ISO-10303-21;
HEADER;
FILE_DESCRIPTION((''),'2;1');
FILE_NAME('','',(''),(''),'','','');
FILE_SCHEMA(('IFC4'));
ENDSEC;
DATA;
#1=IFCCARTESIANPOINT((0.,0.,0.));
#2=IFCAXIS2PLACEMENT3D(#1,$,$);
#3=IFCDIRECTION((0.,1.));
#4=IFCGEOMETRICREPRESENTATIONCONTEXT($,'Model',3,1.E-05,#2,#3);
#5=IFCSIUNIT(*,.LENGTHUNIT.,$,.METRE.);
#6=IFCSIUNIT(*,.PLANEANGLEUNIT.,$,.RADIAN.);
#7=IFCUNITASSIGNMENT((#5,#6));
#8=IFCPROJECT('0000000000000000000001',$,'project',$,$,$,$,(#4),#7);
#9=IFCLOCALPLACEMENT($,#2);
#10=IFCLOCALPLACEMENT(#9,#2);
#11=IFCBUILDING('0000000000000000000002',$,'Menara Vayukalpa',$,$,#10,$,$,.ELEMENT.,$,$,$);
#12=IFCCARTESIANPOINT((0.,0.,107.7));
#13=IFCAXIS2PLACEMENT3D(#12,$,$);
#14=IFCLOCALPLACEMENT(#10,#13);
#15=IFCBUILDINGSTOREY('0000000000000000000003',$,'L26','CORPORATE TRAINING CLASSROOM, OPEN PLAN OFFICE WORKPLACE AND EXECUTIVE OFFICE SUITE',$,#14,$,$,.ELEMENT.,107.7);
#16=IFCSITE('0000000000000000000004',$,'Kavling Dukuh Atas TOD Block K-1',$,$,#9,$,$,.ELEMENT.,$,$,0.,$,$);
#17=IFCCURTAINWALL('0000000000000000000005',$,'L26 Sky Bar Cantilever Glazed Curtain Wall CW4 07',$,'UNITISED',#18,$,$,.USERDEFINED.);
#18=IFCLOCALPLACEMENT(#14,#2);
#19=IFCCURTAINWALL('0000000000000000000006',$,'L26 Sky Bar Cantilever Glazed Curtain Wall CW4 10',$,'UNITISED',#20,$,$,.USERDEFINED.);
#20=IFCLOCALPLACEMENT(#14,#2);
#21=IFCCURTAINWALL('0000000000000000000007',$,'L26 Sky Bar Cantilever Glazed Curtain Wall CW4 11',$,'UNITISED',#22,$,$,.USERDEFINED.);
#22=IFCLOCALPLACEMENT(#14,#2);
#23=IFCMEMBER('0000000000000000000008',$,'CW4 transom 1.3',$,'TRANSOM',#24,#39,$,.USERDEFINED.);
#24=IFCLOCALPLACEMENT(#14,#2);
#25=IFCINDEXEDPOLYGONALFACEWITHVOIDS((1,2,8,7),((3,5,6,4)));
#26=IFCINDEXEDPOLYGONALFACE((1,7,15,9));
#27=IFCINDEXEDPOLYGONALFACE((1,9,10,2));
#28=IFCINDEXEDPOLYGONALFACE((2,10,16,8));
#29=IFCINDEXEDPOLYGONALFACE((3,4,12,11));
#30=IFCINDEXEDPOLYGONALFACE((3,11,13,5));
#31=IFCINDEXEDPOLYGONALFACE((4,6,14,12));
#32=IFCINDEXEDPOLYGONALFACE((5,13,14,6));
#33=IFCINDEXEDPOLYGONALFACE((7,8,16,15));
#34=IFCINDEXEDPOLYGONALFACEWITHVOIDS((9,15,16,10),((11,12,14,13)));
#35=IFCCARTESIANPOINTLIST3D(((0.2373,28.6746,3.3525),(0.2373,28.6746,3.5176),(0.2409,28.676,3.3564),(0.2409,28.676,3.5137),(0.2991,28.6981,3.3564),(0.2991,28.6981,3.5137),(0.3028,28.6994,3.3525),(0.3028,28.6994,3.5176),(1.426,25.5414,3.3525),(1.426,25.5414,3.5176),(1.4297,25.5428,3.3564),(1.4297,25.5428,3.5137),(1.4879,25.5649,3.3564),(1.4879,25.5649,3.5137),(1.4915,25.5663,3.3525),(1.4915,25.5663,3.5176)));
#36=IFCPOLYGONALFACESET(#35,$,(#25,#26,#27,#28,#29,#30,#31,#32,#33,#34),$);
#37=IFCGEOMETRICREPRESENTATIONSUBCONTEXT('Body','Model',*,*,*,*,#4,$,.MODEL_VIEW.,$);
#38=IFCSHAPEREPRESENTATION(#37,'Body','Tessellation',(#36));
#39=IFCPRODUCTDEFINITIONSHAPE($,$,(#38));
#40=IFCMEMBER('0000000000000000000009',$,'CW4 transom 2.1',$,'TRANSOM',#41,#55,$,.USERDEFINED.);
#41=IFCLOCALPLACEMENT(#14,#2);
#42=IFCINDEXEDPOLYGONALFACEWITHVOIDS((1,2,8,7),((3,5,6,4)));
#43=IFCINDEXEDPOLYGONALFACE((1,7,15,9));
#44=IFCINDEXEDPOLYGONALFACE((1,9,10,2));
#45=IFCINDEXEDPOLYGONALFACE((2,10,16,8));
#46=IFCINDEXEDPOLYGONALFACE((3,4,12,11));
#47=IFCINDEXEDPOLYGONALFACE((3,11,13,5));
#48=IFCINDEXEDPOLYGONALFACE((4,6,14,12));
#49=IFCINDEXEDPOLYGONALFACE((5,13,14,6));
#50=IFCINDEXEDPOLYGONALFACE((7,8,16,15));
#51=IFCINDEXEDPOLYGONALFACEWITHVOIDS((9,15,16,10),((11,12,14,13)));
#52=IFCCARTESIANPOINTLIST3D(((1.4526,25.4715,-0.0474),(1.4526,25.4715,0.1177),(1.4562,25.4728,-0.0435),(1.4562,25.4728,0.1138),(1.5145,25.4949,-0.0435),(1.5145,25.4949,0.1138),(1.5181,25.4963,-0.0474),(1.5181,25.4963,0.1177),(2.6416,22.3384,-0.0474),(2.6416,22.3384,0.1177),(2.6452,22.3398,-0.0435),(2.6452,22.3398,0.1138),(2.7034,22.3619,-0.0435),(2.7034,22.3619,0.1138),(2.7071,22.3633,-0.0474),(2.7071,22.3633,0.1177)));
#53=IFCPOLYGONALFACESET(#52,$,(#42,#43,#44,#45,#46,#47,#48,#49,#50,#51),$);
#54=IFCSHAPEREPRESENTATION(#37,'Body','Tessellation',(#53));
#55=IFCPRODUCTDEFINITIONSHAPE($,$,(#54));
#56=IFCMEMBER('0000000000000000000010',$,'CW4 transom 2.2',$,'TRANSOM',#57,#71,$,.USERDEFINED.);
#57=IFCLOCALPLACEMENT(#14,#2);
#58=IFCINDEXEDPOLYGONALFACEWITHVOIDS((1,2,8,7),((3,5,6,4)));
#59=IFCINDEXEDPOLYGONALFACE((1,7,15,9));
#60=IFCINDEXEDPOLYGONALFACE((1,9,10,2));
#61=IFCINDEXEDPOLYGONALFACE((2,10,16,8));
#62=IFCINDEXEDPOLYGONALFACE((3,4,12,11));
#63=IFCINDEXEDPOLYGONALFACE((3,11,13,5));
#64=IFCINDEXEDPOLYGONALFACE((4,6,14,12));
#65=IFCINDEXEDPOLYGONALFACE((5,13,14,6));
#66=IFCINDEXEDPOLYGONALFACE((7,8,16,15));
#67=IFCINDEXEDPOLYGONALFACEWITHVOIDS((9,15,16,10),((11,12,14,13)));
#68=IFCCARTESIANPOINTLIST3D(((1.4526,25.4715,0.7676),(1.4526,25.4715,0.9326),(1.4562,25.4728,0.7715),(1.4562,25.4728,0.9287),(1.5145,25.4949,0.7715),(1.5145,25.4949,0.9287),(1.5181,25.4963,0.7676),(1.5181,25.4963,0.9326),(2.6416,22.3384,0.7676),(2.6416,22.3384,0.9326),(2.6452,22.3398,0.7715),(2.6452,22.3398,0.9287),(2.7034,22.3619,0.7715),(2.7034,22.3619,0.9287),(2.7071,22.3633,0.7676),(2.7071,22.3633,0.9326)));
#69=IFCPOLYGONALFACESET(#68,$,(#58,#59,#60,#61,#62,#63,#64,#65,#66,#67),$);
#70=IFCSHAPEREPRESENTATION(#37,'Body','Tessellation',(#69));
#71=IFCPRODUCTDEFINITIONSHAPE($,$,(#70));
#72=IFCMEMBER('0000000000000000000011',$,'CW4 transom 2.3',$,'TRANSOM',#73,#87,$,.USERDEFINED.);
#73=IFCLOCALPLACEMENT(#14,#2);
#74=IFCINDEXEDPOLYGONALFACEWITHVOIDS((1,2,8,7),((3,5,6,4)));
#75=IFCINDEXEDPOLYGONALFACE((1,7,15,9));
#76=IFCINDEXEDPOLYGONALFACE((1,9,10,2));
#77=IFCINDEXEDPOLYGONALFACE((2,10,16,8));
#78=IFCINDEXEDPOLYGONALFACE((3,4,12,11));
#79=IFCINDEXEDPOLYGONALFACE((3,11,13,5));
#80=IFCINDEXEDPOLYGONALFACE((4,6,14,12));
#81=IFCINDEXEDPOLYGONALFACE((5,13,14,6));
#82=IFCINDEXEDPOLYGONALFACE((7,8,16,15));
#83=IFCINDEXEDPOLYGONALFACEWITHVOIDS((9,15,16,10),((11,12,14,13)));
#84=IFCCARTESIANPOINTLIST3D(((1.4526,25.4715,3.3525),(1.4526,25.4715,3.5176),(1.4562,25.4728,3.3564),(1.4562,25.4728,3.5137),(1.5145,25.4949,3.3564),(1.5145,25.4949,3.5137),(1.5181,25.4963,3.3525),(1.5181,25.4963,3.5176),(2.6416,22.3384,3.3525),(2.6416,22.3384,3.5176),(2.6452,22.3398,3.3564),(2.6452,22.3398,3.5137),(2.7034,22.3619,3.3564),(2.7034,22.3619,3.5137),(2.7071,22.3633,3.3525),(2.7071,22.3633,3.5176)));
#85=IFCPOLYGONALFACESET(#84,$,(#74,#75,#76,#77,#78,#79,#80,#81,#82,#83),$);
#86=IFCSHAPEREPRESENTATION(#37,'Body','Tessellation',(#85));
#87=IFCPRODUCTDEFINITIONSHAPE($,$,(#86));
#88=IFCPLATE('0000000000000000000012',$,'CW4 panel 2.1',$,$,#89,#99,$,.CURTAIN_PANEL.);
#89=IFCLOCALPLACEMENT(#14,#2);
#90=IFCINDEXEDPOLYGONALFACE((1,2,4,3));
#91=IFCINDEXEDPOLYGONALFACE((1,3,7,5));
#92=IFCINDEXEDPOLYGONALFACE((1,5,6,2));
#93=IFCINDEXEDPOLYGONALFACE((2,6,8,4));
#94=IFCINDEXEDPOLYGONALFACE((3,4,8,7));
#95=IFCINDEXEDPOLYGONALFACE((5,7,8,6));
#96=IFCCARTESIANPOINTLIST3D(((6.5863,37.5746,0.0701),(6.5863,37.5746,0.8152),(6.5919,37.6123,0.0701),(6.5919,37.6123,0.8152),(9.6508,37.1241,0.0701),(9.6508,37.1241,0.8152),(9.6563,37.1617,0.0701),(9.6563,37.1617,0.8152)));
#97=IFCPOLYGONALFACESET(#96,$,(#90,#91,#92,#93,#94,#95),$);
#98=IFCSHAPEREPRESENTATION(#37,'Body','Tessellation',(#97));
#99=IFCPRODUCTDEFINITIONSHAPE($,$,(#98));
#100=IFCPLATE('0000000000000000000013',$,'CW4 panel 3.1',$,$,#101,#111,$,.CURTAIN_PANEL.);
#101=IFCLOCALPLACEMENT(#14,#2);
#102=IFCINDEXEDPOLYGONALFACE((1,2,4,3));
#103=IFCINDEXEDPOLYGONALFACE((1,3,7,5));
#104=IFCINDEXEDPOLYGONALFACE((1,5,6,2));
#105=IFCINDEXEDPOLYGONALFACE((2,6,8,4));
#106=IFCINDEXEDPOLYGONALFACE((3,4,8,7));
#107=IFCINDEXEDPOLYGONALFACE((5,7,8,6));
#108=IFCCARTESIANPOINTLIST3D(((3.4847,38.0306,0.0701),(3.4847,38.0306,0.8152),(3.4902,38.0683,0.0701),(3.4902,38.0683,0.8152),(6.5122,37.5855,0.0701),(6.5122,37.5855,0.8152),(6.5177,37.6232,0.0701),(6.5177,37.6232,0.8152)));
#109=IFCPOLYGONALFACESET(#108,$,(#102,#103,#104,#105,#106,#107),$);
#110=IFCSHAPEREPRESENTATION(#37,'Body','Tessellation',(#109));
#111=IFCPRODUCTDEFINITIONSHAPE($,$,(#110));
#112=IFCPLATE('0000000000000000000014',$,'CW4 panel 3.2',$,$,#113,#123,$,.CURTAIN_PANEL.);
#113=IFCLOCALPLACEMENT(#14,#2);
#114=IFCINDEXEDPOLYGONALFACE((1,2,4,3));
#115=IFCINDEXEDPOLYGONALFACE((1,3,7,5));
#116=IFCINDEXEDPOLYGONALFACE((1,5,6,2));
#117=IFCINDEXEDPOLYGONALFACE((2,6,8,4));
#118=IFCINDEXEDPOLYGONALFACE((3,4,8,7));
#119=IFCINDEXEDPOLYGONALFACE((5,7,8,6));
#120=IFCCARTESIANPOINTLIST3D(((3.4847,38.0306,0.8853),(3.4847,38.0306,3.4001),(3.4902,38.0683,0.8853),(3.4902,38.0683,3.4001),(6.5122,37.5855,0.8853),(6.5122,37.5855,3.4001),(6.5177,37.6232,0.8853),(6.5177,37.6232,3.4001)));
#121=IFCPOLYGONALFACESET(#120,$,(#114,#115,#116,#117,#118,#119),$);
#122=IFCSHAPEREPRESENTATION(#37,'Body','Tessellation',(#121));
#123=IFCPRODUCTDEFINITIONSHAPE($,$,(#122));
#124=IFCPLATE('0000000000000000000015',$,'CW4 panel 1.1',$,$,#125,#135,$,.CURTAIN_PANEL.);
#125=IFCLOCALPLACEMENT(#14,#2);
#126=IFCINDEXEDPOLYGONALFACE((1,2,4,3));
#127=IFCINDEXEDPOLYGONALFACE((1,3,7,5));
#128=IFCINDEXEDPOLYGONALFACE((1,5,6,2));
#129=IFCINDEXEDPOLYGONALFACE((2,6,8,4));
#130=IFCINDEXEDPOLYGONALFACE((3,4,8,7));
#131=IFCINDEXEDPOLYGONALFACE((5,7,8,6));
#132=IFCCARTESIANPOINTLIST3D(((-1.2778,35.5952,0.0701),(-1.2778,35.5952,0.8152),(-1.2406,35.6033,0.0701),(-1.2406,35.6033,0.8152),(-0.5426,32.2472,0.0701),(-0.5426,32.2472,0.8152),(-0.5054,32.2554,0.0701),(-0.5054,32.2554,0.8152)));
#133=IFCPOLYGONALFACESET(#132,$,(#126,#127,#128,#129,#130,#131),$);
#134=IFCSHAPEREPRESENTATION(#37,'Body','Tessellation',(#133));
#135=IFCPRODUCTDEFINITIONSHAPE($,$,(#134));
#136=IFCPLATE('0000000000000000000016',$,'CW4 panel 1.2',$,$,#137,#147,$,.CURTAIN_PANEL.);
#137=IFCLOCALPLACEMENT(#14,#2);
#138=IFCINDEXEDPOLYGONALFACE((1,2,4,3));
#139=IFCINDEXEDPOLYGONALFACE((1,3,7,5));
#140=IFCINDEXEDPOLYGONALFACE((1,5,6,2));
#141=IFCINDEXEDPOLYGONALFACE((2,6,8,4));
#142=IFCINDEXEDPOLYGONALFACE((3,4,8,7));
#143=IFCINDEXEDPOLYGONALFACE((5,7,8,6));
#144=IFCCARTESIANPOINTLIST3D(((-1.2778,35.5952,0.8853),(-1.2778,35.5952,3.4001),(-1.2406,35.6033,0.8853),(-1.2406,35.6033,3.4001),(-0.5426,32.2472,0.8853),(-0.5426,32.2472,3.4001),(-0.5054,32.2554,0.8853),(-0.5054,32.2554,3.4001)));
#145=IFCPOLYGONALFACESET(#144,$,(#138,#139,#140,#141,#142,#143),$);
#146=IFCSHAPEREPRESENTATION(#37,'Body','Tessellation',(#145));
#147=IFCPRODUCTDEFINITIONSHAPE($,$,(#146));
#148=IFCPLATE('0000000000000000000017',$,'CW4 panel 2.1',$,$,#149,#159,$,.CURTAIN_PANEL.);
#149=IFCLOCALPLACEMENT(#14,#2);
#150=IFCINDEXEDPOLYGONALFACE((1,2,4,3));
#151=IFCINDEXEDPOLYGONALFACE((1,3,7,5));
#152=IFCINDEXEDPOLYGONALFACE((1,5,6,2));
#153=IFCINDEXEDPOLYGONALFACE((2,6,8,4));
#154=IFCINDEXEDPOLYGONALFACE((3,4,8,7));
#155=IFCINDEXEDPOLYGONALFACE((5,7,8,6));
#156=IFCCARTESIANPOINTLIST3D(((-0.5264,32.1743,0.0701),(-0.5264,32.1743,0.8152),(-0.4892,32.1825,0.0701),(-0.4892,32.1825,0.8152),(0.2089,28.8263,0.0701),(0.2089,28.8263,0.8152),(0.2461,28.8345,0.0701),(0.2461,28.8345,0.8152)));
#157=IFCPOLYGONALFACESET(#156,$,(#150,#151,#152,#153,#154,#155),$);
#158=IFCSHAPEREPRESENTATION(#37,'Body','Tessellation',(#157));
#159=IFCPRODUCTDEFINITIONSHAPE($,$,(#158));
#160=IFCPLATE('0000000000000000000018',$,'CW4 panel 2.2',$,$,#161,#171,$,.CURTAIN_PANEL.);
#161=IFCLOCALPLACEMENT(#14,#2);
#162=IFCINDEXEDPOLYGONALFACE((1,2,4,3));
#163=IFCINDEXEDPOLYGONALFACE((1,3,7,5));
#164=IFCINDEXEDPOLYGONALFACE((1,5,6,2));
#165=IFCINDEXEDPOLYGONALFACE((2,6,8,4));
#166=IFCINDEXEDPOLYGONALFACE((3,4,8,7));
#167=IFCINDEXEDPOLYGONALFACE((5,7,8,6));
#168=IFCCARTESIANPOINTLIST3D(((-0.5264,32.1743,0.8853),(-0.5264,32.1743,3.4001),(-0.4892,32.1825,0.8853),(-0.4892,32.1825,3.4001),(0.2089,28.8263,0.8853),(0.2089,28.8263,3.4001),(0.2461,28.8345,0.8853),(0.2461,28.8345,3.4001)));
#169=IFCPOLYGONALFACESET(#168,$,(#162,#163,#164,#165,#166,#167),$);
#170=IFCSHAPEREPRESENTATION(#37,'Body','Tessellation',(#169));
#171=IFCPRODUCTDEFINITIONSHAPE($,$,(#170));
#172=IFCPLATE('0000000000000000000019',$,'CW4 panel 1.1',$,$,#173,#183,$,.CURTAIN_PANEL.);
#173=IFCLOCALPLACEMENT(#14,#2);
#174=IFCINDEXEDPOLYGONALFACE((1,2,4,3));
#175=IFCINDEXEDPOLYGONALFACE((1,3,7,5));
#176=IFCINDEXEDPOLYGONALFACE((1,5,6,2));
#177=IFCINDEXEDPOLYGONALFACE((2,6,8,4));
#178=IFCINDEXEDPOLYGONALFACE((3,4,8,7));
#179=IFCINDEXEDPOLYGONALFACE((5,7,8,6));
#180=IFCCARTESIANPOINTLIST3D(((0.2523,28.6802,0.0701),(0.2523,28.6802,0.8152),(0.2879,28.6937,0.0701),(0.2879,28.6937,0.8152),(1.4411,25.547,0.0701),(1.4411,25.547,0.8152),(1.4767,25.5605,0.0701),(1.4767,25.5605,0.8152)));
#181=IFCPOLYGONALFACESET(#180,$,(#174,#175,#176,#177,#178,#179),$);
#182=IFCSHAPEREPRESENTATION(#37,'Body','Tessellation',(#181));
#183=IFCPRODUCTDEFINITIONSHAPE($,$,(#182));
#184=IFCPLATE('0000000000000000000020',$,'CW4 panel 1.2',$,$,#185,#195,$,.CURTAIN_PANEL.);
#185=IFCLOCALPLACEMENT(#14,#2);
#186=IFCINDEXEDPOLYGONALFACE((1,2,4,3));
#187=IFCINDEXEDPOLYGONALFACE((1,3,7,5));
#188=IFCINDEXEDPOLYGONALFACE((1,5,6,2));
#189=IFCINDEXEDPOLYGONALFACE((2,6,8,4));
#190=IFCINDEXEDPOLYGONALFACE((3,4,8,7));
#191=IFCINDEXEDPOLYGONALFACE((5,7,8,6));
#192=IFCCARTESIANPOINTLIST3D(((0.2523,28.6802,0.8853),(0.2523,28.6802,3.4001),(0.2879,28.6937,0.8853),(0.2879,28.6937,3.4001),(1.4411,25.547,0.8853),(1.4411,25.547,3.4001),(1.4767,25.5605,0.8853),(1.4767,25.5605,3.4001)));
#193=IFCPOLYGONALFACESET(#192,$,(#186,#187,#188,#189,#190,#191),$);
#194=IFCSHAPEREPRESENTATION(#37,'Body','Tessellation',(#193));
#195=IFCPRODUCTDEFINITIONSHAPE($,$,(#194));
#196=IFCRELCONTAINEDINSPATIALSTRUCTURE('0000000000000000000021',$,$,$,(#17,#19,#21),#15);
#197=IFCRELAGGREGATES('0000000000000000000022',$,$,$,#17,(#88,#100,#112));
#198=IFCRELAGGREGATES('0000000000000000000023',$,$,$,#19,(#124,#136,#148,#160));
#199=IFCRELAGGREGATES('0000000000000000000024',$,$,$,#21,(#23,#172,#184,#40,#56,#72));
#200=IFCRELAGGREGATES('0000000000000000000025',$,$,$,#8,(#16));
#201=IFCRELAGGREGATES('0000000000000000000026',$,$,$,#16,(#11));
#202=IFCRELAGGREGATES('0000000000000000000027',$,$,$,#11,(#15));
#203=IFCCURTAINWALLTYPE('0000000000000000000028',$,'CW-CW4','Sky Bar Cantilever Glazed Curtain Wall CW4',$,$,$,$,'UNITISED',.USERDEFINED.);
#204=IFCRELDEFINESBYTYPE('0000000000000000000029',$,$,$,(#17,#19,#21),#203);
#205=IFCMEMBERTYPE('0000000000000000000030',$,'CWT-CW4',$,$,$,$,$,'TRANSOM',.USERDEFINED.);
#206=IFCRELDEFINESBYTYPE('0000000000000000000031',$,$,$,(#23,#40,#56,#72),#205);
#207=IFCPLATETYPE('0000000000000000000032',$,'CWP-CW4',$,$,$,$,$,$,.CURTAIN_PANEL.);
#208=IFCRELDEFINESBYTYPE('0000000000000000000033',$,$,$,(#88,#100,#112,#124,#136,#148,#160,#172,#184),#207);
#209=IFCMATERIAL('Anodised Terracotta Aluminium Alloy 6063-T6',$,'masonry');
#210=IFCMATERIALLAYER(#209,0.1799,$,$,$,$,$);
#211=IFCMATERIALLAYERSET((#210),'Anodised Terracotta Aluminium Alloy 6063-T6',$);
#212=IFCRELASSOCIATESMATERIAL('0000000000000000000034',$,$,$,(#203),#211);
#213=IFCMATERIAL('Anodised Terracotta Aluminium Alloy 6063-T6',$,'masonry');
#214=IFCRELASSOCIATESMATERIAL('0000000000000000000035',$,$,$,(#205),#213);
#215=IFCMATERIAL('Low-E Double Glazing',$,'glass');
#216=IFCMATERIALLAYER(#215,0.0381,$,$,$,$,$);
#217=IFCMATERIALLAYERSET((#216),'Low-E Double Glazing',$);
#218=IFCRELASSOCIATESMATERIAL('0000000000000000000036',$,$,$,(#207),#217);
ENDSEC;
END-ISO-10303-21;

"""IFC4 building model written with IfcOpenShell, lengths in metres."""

from ifc_helpers import new_model, si_unit, direction, frame, origin, origin_2d, place, context, subcontext, project, spatial, rectangle, hollow_rectangle, extrude, material, layer, layer_set, material_profile, profile_set, type_object, element, aggregate, save


model = new_model("IFC4")

# Units and contexts
model_context = context("Model", 3, precision=1e-05, world=origin(), true_north=direction((0.0, 1.0)))
body_context = subcontext(model_context, "Body", "Model", "MODEL_VIEW")
ifc_project = project(units=[si_unit("LENGTHUNIT", "METRE"), si_unit("PLANEANGLEUNIT", "RADIAN")], contexts=[model_context])

# Site, building, storey
site_placement = place(None, origin())
site = spatial("IfcSite", under=ifc_project, at=site_placement, Name="Kavling Dukuh Atas TOD Block K-1", CompositionType="ELEMENT", RefElevation=0.0)
building_placement = place(site_placement, origin())
building = spatial("IfcBuilding", under=site, at=building_placement, Name="Menara Vayukalpa", CompositionType="ELEMENT")
storey_placement = place(building_placement, frame((0.0, 0.0, 107.7)))
storey = spatial("IfcBuildingStorey", under=building, at=storey_placement, Name="L26", Description="CORPORATE TRAINING CLASSROOM, OPEN PLAN OFFICE WORKPLACE AND EXECUTIVE OFFICE SUITE", CompositionType="ELEMENT", Elevation=107.7)

# Curtain walls
ifc_material_1 = material(Name="Anodised Terracotta Aluminium Alloy 6063-T6", Category="masonry")
ifc_layer_1 = layer(ifc_material_1, 0.1799)
ifc_layer_set_1 = layer_set([ifc_layer_1], Name="Anodised Terracotta Aluminium Alloy 6063-T6")
curtain_wall_type = type_object("IfcCurtainWallType", Name="CW-CW4", Description="Sky Bar Cantilever Glazed Curtain Wall CW4", ElementType="UNITISED", PredefinedType="USERDEFINED", material=ifc_layer_set_1)
curtain_wall_1_placement = place(storey_placement, origin())
curtain_wall_1 = element("IfcCurtainWall", 1, at=curtain_wall_1_placement, inside=storey, type_object=curtain_wall_type, Name="L26 Sky Bar Cantilever Glazed Curtain Wall CW4 07", ObjectType="UNITISED", PredefinedType="USERDEFINED")
curtain_wall_2_placement = place(storey_placement, origin())
curtain_wall_2 = element("IfcCurtainWall", 2, at=curtain_wall_2_placement, inside=storey, type_object=curtain_wall_type, Name="L26 Sky Bar Cantilever Glazed Curtain Wall CW4 10", ObjectType="UNITISED", PredefinedType="USERDEFINED")
curtain_wall_3_placement = place(storey_placement, origin())
curtain_wall_3 = element("IfcCurtainWall", 3, at=curtain_wall_3_placement, inside=storey, type_object=curtain_wall_type, Name="L26 Sky Bar Cantilever Glazed Curtain Wall CW4 11", ObjectType="UNITISED", PredefinedType="USERDEFINED")

# Members
ifc_material_2 = material(Name="Anodised Terracotta Aluminium Alloy 6063-T6", Category="masonry")
ifc_material_profile_1 = material_profile(ifc_material_2, hollow_rectangle(XDim=0.0701, YDim=0.165, WallThickness=0.0039, at=origin_2d()), Name="ALU 70x165x4")
ifc_profile_set_1 = profile_set([ifc_material_profile_1], Name="Anodised Terracotta Aluminium Alloy 6063-T6")
member_type_1 = type_object("IfcMemberType", Name="CWT-CW4", ElementType="TRANSOM", PredefinedType="USERDEFINED", material=ifc_profile_set_1)
member_1_placement = place(storey_placement, frame((0.27, 28.687, 3.4351), z_axis=(0.354738, -0.934966, 0.0), x_axis=(0.934966, 0.354738, 0.0)))
member_1 = element("IfcMember", 4, at=member_1_placement, type_object=member_type_1, Name="CW4 transom 1.3", ObjectType="TRANSOM", PredefinedType="USERDEFINED", context=body_context, shape_type="SweptSolid", body=[
    extrude(hollow_rectangle(XDim=0.0701, YDim=0.165, WallThickness=0.0039, at=origin_2d()), origin(), (0.0, 0.0, 1.0), 3.3511),
])
member_2_placement = place(storey_placement, frame((1.4854, 25.4839, 0.0352), z_axis=(0.354801, -0.934942, 0.0), x_axis=(0.934942, 0.354801, 0.0)))
member_2 = element("IfcMember", 5, at=member_2_placement, type_object=member_type_1, Name="CW4 transom 2.1", ObjectType="TRANSOM", PredefinedType="USERDEFINED", context=body_context, shape_type="SweptSolid", body=[
    extrude(hollow_rectangle(XDim=0.0701, YDim=0.165, WallThickness=0.0039, at=origin_2d()), origin(), (0.0, 0.0, 1.0), 3.3511),
])
member_3_placement = place(storey_placement, frame((1.4854, 25.4839, 0.8501), z_axis=(0.354801, -0.934942, 0.0), x_axis=(0.934942, 0.354801, 0.0)))
member_3 = element("IfcMember", 6, at=member_3_placement, type_object=member_type_1, Name="CW4 transom 2.2", ObjectType="TRANSOM", PredefinedType="USERDEFINED", context=body_context, shape_type="SweptSolid", body=[
    extrude(hollow_rectangle(XDim=0.0701, YDim=0.165, WallThickness=0.0039, at=origin_2d()), origin(), (0.0, 0.0, 1.0), 3.3511),
])
member_4_placement = place(storey_placement, frame((1.4854, 25.4839, 3.4351), z_axis=(0.354801, -0.934942, 0.0), x_axis=(0.934942, 0.354801, 0.0)))
member_4 = element("IfcMember", 7, at=member_4_placement, type_object=member_type_1, Name="CW4 transom 2.3", ObjectType="TRANSOM", PredefinedType="USERDEFINED", context=body_context, shape_type="SweptSolid", body=[
    extrude(hollow_rectangle(XDim=0.0701, YDim=0.165, WallThickness=0.0039, at=origin_2d()), origin(), (0.0, 0.0, 1.0), 3.3511),
])

# Plates
ifc_material_3 = material(Name="Low-E Double Glazing", Category="glass")
ifc_layer_2 = layer(ifc_material_3, 0.0381)
ifc_layer_set_2 = layer_set([ifc_layer_2], Name="Low-E Double Glazing")
plate_type_1 = type_object("IfcPlateType", Name="CWP-CW4", PredefinedType="CURTAIN_PANEL", material=ifc_layer_set_2)
plate_1_placement = place(storey_placement, frame((8.1213, 37.3682, 0.0701), z_axis=(0.0, 0.0, 1.0), x_axis=(-0.989365, 0.145451, 0.0)))
plate_1 = element("IfcPlate", 8, at=plate_1_placement, type_object=plate_type_1, Name="CW4 panel 2.1", PredefinedType="CURTAIN_PANEL", context=body_context, shape_type="SweptSolid", body=[
    extrude(rectangle(XDim=3.0974, YDim=0.0381, at=origin_2d()), origin(), (0.0, 0.0, 1.0), 0.7451),
])
plate_2_placement = place(storey_placement, frame((5.0012, 37.8269, 0.0701), z_axis=(0.0, 0.0, 1.0), x_axis=(-0.989365, 0.145451, 0.0)))
plate_2 = element("IfcPlate", 9, at=plate_2_placement, type_object=plate_type_1, Name="CW4 panel 3.1", PredefinedType="CURTAIN_PANEL", context=body_context, shape_type="SweptSolid", body=[
    extrude(rectangle(XDim=3.0601, YDim=0.0381, at=origin_2d()), origin(), (0.0, 0.0, 1.0), 0.7451),
])
plate_3_placement = place(storey_placement, frame((5.0012, 37.8269, 0.8853), z_axis=(0.0, 0.0, 1.0), x_axis=(-0.989365, 0.145451, 0.0)))
plate_3 = element("IfcPlate", 10, at=plate_3_placement, type_object=plate_type_1, Name="CW4 panel 3.2", PredefinedType="CURTAIN_PANEL", context=body_context, shape_type="SweptSolid", body=[
    extrude(rectangle(XDim=3.0601, YDim=0.0381, at=origin_2d()), origin(), (0.0, 0.0, 1.0), 2.5149),
])
aggregate(curtain_wall_1, [plate_1, plate_2, plate_3])
plate_4_placement = place(storey_placement, frame((-0.8916, 33.9253, 0.0701), z_axis=(0.0, 0.0, 1.0), x_axis=(0.21451, -0.976722, 0.0)))
plate_4 = element("IfcPlate", 11, at=plate_4_placement, type_object=plate_type_1, Name="CW4 panel 1.1", PredefinedType="CURTAIN_PANEL", context=body_context, shape_type="SweptSolid", body=[
    extrude(rectangle(XDim=3.4277, YDim=0.0381, at=origin_2d()), origin(), (0.0, 0.0, 1.0), 0.7451),
])
plate_5_placement = place(storey_placement, frame((-0.8916, 33.9253, 0.8853), z_axis=(0.0, 0.0, 1.0), x_axis=(0.21451, -0.976722, 0.0)))
plate_5 = element("IfcPlate", 12, at=plate_5_placement, type_object=plate_type_1, Name="CW4 panel 1.2", PredefinedType="CURTAIN_PANEL", context=body_context, shape_type="SweptSolid", body=[
    extrude(rectangle(XDim=3.4277, YDim=0.0381, at=origin_2d()), origin(), (0.0, 0.0, 1.0), 2.5149),
])
plate_6_placement = place(storey_placement, frame((-0.1401, 30.5044, 0.0701), z_axis=(0.0, 0.0, 1.0), x_axis=(0.21451, -0.976722, 0.0)))
plate_6 = element("IfcPlate", 13, at=plate_6_placement, type_object=plate_type_1, Name="CW4 panel 2.1", PredefinedType="CURTAIN_PANEL", context=body_context, shape_type="SweptSolid", body=[
    extrude(rectangle(XDim=3.4277, YDim=0.0381, at=origin_2d()), origin(), (0.0, 0.0, 1.0), 0.7451),
])
plate_7_placement = place(storey_placement, frame((-0.1401, 30.5044, 0.8853), z_axis=(0.0, 0.0, 1.0), x_axis=(0.21451, -0.976722, 0.0)))
plate_7 = element("IfcPlate", 14, at=plate_7_placement, type_object=plate_type_1, Name="CW4 panel 2.2", PredefinedType="CURTAIN_PANEL", context=body_context, shape_type="SweptSolid", body=[
    extrude(rectangle(XDim=3.4277, YDim=0.0381, at=origin_2d()), origin(), (0.0, 0.0, 1.0), 2.5149),
])
aggregate(curtain_wall_2, [plate_4, plate_5, plate_6, plate_7])
plate_8_placement = place(storey_placement, frame((0.8645, 27.1204, 0.0701), z_axis=(0.0, 0.0, 1.0), x_axis=(0.354742, -0.934964, 0.0)))
plate_8 = element("IfcPlate", 15, at=plate_8_placement, type_object=plate_type_1, Name="CW4 panel 1.1", PredefinedType="CURTAIN_PANEL", context=body_context, shape_type="SweptSolid", body=[
    extrude(rectangle(XDim=3.3511, YDim=0.0381, at=origin_2d()), origin(), (0.0, 0.0, 1.0), 0.7451),
])
plate_9_placement = place(storey_placement, frame((0.8645, 27.1204, 0.8853), z_axis=(0.0, 0.0, 1.0), x_axis=(0.354742, -0.934964, 0.0)))
plate_9 = element("IfcPlate", 16, at=plate_9_placement, type_object=plate_type_1, Name="CW4 panel 1.2", PredefinedType="CURTAIN_PANEL", context=body_context, shape_type="SweptSolid", body=[
    extrude(rectangle(XDim=3.3511, YDim=0.0381, at=origin_2d()), origin(), (0.0, 0.0, 1.0), 2.5149),
])
aggregate(curtain_wall_3, [member_1, plate_8, plate_9, member_2, member_3, member_4])

save(model, "model.ifc")
